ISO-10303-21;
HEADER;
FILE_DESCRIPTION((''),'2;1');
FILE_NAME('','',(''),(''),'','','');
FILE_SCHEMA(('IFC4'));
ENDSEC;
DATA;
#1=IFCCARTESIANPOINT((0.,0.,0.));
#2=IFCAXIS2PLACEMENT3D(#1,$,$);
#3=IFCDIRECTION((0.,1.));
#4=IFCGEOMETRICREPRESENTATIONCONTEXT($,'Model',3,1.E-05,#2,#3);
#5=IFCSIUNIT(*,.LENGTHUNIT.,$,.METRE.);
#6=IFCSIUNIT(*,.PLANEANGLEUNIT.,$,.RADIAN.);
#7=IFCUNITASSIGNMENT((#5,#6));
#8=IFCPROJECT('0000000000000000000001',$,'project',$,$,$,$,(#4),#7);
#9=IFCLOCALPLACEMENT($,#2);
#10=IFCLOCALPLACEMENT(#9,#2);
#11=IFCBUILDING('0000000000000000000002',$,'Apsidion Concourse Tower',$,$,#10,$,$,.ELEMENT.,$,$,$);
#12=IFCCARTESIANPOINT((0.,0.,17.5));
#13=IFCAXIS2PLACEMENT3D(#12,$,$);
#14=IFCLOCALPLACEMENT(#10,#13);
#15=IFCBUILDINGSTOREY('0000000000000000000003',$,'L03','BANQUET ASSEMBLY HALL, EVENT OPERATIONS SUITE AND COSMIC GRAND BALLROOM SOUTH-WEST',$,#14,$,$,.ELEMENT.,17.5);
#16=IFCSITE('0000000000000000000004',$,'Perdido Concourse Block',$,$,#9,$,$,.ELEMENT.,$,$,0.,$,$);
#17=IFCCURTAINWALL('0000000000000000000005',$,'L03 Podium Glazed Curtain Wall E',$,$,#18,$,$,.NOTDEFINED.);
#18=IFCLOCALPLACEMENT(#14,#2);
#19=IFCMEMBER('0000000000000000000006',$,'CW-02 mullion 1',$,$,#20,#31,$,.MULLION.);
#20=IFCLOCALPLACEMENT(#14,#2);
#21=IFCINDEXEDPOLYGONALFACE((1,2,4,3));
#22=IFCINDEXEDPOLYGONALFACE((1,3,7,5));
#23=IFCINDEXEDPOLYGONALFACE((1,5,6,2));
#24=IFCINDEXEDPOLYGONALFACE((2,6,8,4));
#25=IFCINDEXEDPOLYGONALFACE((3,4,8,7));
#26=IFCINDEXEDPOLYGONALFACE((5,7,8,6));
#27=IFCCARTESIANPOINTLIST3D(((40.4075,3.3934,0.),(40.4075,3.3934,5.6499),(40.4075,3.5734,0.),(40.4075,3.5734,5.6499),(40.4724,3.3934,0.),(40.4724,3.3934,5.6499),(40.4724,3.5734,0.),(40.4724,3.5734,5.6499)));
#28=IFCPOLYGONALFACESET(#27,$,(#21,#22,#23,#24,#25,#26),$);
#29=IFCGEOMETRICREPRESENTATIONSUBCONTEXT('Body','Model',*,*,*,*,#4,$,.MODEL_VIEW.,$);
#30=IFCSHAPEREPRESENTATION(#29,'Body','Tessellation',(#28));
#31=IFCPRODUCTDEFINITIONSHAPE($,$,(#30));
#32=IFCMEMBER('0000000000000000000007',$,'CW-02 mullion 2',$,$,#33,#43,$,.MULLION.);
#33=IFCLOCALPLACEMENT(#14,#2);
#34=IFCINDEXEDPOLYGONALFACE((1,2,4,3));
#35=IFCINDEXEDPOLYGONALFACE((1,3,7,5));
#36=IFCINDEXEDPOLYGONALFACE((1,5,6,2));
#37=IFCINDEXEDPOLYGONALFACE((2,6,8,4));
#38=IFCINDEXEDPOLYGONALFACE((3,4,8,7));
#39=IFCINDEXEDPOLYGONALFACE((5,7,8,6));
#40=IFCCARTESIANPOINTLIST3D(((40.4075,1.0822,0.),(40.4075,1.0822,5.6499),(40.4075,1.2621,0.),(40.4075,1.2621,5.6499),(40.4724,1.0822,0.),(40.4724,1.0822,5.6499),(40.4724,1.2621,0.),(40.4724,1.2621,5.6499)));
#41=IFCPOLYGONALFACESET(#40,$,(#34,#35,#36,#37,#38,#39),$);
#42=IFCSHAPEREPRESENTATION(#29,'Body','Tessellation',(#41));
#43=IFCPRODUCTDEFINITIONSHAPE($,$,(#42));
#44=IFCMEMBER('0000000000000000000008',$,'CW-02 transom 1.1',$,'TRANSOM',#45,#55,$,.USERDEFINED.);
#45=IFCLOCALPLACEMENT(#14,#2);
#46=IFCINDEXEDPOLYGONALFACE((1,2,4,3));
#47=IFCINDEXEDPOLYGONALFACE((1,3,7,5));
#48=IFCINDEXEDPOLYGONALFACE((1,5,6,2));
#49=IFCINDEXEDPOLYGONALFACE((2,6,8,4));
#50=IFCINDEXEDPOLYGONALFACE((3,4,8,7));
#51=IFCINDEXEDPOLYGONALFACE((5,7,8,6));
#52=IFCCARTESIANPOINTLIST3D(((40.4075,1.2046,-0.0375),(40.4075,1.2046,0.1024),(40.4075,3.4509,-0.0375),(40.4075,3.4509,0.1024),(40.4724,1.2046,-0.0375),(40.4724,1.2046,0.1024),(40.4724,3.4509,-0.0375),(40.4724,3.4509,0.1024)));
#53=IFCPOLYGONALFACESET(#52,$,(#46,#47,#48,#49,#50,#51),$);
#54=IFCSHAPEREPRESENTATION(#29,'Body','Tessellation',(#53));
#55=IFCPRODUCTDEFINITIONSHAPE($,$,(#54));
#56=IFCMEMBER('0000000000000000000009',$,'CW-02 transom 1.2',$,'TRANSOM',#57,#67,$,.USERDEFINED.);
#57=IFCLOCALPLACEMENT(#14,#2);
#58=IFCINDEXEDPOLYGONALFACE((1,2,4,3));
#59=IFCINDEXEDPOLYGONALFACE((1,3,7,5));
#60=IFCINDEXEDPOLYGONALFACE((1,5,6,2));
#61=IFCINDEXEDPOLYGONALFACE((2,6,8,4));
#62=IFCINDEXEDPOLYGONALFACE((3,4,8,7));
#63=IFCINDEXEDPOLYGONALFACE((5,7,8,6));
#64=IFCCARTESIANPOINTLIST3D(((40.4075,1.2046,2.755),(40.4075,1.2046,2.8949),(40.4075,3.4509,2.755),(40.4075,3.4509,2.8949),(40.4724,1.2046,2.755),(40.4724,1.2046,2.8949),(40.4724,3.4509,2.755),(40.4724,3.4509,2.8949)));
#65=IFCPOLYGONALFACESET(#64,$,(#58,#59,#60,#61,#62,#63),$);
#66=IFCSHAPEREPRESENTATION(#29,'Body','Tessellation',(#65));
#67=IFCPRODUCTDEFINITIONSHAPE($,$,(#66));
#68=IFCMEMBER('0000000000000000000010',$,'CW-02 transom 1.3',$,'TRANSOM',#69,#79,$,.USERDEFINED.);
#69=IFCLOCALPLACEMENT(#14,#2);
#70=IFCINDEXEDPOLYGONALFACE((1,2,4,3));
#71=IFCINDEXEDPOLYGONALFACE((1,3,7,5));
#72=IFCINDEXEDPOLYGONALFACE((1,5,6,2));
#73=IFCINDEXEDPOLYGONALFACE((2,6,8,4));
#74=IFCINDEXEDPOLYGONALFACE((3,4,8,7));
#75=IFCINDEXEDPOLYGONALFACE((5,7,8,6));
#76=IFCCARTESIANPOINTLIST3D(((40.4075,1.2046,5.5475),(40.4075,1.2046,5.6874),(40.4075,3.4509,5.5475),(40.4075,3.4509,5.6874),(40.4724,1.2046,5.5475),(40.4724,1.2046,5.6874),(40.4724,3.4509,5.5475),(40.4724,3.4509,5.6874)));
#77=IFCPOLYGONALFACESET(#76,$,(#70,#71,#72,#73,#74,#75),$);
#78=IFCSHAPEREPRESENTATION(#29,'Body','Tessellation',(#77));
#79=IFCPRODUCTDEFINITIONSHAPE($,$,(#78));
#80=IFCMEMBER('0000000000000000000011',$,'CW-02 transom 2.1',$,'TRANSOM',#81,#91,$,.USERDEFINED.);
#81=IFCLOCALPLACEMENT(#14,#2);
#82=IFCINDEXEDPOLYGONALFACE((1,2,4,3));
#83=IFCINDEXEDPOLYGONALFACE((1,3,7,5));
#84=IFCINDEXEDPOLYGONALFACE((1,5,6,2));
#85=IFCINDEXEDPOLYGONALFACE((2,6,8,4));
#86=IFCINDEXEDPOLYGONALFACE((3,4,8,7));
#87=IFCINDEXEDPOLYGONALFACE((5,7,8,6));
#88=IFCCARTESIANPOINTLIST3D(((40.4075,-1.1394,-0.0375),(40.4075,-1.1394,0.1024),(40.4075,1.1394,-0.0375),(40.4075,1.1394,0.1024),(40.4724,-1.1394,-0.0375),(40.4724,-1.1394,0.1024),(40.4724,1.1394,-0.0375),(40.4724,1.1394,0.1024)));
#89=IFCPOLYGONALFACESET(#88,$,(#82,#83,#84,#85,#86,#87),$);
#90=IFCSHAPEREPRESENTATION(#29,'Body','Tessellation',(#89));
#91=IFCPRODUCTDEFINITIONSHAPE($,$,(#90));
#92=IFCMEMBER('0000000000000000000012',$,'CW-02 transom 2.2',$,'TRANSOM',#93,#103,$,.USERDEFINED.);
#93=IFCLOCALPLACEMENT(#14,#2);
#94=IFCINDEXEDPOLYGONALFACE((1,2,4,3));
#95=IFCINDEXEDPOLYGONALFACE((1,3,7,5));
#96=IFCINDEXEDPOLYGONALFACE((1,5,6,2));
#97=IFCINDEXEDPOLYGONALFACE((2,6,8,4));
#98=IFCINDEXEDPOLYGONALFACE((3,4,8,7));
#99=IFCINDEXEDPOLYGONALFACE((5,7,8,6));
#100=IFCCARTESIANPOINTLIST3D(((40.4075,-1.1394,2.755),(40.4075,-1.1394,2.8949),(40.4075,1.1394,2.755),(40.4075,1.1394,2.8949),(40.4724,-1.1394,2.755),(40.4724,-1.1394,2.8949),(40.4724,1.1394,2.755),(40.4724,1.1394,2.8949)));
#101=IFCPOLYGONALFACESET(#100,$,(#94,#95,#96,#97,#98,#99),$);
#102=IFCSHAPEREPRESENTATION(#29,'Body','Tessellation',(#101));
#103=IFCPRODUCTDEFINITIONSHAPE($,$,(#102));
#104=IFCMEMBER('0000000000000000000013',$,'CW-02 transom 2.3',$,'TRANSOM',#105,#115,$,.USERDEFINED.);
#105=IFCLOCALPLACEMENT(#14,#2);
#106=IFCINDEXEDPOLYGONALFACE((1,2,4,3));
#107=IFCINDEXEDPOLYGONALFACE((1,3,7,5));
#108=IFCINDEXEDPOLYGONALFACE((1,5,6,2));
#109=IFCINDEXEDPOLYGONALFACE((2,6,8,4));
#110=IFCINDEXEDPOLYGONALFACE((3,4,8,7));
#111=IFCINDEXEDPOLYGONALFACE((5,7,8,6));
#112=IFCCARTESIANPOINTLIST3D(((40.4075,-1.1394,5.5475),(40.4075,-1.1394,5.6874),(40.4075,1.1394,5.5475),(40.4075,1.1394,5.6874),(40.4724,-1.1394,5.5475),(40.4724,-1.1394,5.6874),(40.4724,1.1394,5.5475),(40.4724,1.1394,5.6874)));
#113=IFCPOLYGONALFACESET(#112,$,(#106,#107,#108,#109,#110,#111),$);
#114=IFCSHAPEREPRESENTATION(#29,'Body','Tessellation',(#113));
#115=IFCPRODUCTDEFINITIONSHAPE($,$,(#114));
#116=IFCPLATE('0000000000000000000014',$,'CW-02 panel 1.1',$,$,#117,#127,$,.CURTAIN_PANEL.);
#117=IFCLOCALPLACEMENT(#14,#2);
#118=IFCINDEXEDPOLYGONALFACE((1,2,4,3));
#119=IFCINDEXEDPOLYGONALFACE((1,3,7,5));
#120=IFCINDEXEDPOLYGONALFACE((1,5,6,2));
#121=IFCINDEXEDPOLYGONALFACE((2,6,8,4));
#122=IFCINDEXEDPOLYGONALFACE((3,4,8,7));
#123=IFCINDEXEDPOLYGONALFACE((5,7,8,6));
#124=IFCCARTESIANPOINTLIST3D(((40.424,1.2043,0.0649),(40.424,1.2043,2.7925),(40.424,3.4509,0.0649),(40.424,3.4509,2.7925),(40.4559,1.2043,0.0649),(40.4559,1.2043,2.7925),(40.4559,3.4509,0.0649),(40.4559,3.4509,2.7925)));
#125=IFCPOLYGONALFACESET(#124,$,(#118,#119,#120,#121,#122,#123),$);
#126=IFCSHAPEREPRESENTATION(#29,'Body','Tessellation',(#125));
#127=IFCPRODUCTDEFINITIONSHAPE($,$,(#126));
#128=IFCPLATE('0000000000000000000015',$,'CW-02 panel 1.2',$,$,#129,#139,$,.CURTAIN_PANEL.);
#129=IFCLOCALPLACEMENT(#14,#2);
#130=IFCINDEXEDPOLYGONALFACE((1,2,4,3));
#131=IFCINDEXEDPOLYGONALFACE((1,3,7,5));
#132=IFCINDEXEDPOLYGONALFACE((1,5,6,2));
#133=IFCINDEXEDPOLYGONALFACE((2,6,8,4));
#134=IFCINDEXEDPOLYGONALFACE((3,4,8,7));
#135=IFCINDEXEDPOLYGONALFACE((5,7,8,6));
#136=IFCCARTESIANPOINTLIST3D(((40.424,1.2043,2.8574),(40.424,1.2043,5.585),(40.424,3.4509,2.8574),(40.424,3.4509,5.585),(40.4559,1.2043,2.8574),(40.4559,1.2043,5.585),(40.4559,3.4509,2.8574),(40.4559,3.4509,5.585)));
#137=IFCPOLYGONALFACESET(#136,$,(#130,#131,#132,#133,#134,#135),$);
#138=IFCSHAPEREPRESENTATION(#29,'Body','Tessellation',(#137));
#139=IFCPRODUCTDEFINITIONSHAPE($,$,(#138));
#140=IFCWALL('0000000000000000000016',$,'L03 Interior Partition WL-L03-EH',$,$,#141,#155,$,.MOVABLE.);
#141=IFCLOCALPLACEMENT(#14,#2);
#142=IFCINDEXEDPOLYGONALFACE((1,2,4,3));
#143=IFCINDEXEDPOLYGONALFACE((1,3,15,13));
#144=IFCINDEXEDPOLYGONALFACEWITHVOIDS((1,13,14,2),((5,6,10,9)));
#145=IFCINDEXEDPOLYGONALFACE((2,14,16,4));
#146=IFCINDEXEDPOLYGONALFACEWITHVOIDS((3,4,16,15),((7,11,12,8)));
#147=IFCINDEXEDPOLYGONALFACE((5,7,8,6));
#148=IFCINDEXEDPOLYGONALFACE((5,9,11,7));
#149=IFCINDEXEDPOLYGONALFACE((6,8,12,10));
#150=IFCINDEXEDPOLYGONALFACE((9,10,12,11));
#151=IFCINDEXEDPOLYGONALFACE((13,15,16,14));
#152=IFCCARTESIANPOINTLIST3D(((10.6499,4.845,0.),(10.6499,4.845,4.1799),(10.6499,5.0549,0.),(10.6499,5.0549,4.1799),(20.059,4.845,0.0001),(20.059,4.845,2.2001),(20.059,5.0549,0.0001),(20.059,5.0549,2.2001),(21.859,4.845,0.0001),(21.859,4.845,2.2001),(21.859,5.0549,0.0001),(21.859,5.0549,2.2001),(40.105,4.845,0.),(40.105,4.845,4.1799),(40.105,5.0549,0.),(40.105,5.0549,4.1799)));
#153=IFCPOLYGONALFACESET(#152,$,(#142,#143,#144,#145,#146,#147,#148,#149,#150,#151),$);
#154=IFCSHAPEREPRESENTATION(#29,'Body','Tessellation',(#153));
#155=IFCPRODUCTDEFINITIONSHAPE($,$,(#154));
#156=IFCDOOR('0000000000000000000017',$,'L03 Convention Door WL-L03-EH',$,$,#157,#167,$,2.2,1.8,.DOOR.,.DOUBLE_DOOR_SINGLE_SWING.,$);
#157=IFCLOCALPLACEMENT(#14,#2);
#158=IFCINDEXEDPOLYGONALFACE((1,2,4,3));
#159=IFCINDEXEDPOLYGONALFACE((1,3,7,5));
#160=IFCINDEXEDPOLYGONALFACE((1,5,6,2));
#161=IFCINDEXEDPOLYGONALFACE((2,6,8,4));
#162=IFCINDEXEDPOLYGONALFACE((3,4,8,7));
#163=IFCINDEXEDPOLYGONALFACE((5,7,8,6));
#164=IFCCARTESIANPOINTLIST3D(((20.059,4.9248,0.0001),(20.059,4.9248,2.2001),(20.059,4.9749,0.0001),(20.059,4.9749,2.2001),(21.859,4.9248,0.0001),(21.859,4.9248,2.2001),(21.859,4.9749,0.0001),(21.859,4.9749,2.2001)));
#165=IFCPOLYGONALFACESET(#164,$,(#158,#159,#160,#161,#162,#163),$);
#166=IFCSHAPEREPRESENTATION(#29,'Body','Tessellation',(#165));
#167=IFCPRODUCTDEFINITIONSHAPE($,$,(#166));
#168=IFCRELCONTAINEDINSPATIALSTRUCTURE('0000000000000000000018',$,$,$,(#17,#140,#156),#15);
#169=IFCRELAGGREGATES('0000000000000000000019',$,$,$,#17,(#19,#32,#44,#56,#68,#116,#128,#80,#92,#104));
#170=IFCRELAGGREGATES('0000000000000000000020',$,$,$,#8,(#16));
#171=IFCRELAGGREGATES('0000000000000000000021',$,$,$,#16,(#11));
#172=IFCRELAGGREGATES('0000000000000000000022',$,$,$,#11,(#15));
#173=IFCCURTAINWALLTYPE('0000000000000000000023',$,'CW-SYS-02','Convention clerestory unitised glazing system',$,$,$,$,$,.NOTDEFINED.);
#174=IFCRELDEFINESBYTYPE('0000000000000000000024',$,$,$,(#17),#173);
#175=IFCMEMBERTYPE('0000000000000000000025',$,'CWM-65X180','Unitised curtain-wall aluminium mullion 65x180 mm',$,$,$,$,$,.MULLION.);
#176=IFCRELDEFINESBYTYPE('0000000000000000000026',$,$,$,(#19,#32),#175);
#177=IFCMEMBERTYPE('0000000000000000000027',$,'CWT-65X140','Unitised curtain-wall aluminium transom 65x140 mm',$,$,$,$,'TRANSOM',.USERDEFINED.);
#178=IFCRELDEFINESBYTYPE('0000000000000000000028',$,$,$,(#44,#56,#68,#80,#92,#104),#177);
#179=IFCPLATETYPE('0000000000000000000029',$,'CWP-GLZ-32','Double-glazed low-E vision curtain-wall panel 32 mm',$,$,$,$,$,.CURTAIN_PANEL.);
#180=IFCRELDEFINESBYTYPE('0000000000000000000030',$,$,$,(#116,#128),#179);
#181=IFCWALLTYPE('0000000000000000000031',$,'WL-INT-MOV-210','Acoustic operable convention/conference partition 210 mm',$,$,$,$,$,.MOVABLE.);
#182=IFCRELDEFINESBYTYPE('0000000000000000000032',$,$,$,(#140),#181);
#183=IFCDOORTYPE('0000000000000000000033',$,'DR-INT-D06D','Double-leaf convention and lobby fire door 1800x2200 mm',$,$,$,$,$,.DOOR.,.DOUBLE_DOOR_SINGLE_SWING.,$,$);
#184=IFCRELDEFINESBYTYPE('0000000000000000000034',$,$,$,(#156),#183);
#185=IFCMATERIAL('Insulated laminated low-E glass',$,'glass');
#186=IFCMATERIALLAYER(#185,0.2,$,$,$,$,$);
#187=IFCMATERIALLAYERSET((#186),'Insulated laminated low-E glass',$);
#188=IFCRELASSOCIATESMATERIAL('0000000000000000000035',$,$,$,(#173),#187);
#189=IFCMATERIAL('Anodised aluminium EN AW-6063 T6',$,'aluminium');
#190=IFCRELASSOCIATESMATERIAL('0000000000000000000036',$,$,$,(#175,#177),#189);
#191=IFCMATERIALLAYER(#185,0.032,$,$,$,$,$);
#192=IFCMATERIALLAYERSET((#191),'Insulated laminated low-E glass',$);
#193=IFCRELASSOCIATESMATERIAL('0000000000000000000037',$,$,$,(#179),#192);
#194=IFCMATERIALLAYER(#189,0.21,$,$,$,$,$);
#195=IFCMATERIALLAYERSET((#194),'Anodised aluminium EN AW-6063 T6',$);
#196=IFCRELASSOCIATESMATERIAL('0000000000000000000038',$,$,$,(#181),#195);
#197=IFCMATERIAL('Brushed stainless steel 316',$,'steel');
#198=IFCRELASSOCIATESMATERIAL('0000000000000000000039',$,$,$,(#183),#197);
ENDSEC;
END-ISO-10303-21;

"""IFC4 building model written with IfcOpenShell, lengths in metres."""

from ifc_helpers import new_model, si_unit, direction, frame, frame_2d, origin, origin_2d, place, context, subcontext, project, spatial, rectangle, extrude, material, layer, layer_set, material_profile, profile_set, type_object, element, fill, aggregate, save


model = new_model("IFC4")

# Units and contexts
model_context = context("Model", 3, precision=1e-05, world=origin(), true_north=direction((0.0, 1.0)))
body_context = subcontext(model_context, "Body", "Model", "MODEL_VIEW")
ifc_project = project(units=[si_unit("LENGTHUNIT", "METRE"), si_unit("PLANEANGLEUNIT", "RADIAN")], contexts=[model_context])

# Site, building, storey
site_placement = place(None, origin())
site = spatial("IfcSite", under=ifc_project, at=site_placement, Name="Perdido Concourse Block", CompositionType="ELEMENT", RefElevation=0.0)
building_placement = place(site_placement, origin())
building = spatial("IfcBuilding", under=site, at=building_placement, Name="Apsidion Concourse Tower", CompositionType="ELEMENT")
storey_placement = place(building_placement, frame((0.0, 0.0, 17.5)))
storey = spatial("IfcBuildingStorey", under=building, at=storey_placement, Name="L03", Description="BANQUET ASSEMBLY HALL, EVENT OPERATIONS SUITE AND COSMIC GRAND BALLROOM SOUTH-WEST", CompositionType="ELEMENT", Elevation=17.5)

# Curtain wall, members, plates
ifc_material_1 = material(Name="Insulated laminated low-E glass", Category="glass")
ifc_layer_1 = layer(ifc_material_1, 0.2)
ifc_layer_set_1 = layer_set([ifc_layer_1], Name="Insulated laminated low-E glass")
curtain_wall_type = type_object("IfcCurtainWallType", Name="CW-SYS-02", Description="Convention clerestory unitised glazing system", PredefinedType="NOTDEFINED", material=ifc_layer_set_1)
curtain_wall_placement = place(storey_placement, origin())
curtain_wall = element("IfcCurtainWall", 1, at=curtain_wall_placement, inside=storey, type_object=curtain_wall_type, Name="L03 Podium Glazed Curtain Wall E", PredefinedType="NOTDEFINED")
ifc_material_2 = material(Name="Anodised aluminium EN AW-6063 T6", Category="aluminium")
ifc_material_profile_1 = material_profile(ifc_material_2, rectangle(XDim=0.0649, YDim=0.1799, at=origin_2d()), Name="ALU MULLION 65x180")
ifc_profile_set_1 = profile_set([ifc_material_profile_1], Name="Anodised aluminium EN AW-6063 T6")
member_type_1 = type_object("IfcMemberType", Name="CWM-65X180", Description="Unitised curtain-wall aluminium mullion 65x180 mm", PredefinedType="MULLION", material=ifc_profile_set_1)
member_1_placement = place(storey_placement, frame((40.4399, 3.4834, 0.0), z_axis=(0.0, 0.0, 1.0), x_axis=(1.0, 0.0, 0.0)))
member_1 = element("IfcMember", 2, at=member_1_placement, type_object=member_type_1, Name="CW-02 mullion 1", PredefinedType="MULLION", context=body_context, shape_type="SweptSolid", body=[
    extrude(rectangle(XDim=0.0649, YDim=0.1799, at=origin_2d()), origin(), (0.0, 0.0, 1.0), 5.6499),
])
member_2_placement = place(storey_placement, frame((40.4399, 1.1721, 0.0), z_axis=(0.0, 0.0, 1.0), x_axis=(1.0, 0.0, 0.0)))
member_2 = element("IfcMember", 3, at=member_2_placement, type_object=member_type_1, Name="CW-02 mullion 2", PredefinedType="MULLION", context=body_context, shape_type="SweptSolid", body=[
    extrude(rectangle(XDim=0.0649, YDim=0.1799, at=origin_2d()), origin(), (0.0, 0.0, 1.0), 5.6499),
])
ifc_material_profile_2 = material_profile(ifc_material_2, rectangle(XDim=0.0649, YDim=0.1399, at=origin_2d()), Name="ALU TRANSOM 65x140")
ifc_profile_set_2 = profile_set([ifc_material_profile_2], Name="Anodised aluminium EN AW-6063 T6")
member_type_2 = type_object("IfcMemberType", Name="CWT-65X140", Description="Unitised curtain-wall aluminium transom 65x140 mm", ElementType="TRANSOM", PredefinedType="USERDEFINED", material=ifc_profile_set_2)
member_3_placement = place(storey_placement, frame((40.4399, 3.4509, 0.0325), z_axis=(0.0, -1.0, 0.0), x_axis=(1.0, 0.0, 0.0)))
member_3 = element("IfcMember", 4, at=member_3_placement, type_object=member_type_2, Name="CW-02 transom 1.1", ObjectType="TRANSOM", PredefinedType="USERDEFINED", context=body_context, shape_type="SweptSolid", body=[
    extrude(rectangle(XDim=0.0649, YDim=0.1399, at=origin_2d()), origin(), (0.0, 0.0, 1.0), 2.2463),
])
member_4_placement = place(storey_placement, frame((40.4399, 3.4509, 2.825), z_axis=(0.0, -1.0, 0.0), x_axis=(1.0, 0.0, 0.0)))
member_4 = element("IfcMember", 5, at=member_4_placement, type_object=member_type_2, Name="CW-02 transom 1.2", ObjectType="TRANSOM", PredefinedType="USERDEFINED", context=body_context, shape_type="SweptSolid", body=[
    extrude(rectangle(XDim=0.0649, YDim=0.1399, at=origin_2d()), origin(), (0.0, 0.0, 1.0), 2.2463),
])
member_5_placement = place(storey_placement, frame((40.4399, 3.4509, 5.6174), z_axis=(0.0, -1.0, 0.0), x_axis=(1.0, 0.0, 0.0)))
member_5 = element("IfcMember", 6, at=member_5_placement, type_object=member_type_2, Name="CW-02 transom 1.3", ObjectType="TRANSOM", PredefinedType="USERDEFINED", context=body_context, shape_type="SweptSolid", body=[
    extrude(rectangle(XDim=0.0649, YDim=0.1399, at=origin_2d()), origin(), (0.0, 0.0, 1.0), 2.2463),
])
member_6_placement = place(storey_placement, frame((40.4399, 1.1394, 0.0325), z_axis=(0.0, -1.0, 0.0), x_axis=(1.0, 0.0, 0.0)))
member_6 = element("IfcMember", 7, at=member_6_placement, type_object=member_type_2, Name="CW-02 transom 2.1", ObjectType="TRANSOM", PredefinedType="USERDEFINED", context=body_context, shape_type="SweptSolid", body=[
    extrude(rectangle(XDim=0.0649, YDim=0.1399, at=origin_2d()), origin(), (0.0, 0.0, 1.0), 2.2788),
])
member_7_placement = place(storey_placement, frame((40.4399, 1.1394, 2.825), z_axis=(0.0, -1.0, 0.0), x_axis=(1.0, 0.0, 0.0)))
member_7 = element("IfcMember", 8, at=member_7_placement, type_object=member_type_2, Name="CW-02 transom 2.2", ObjectType="TRANSOM", PredefinedType="USERDEFINED", context=body_context, shape_type="SweptSolid", body=[
    extrude(rectangle(XDim=0.0649, YDim=0.1399, at=origin_2d()), origin(), (0.0, 0.0, 1.0), 2.2788),
])
member_8_placement = place(storey_placement, frame((40.4399, 1.1394, 5.6174), z_axis=(0.0, -1.0, 0.0), x_axis=(1.0, 0.0, 0.0)))
member_8 = element("IfcMember", 9, at=member_8_placement, type_object=member_type_2, Name="CW-02 transom 2.3", ObjectType="TRANSOM", PredefinedType="USERDEFINED", context=body_context, shape_type="SweptSolid", body=[
    extrude(rectangle(XDim=0.0649, YDim=0.1399, at=origin_2d()), origin(), (0.0, 0.0, 1.0), 2.2788),
])
ifc_layer_2 = layer(ifc_material_1, 0.032)
ifc_layer_set_2 = layer_set([ifc_layer_2], Name="Insulated laminated low-E glass")
plate_type = type_object("IfcPlateType", Name="CWP-GLZ-32", Description="Double-glazed low-E vision curtain-wall panel 32 mm", PredefinedType="CURTAIN_PANEL", material=ifc_layer_set_2)
plate_1_placement = place(storey_placement, frame((40.4399, 2.3276, 0.0649), z_axis=(0.0, 0.0, 1.0), x_axis=(0.0, -1.0, 0.0)))
plate_1 = element("IfcPlate", 10, at=plate_1_placement, type_object=plate_type, Name="CW-02 panel 1.1", PredefinedType="CURTAIN_PANEL", context=body_context, shape_type="SweptSolid", body=[
    extrude(rectangle(XDim=2.2466, YDim=0.032, at=origin_2d()), origin(), (0.0, 0.0, 1.0), 2.7275),
])
plate_2_placement = place(storey_placement, frame((40.4399, 2.3276, 2.8574), z_axis=(0.0, 0.0, 1.0), x_axis=(0.0, -1.0, 0.0)))
plate_2 = element("IfcPlate", 11, at=plate_2_placement, type_object=plate_type, Name="CW-02 panel 1.2", PredefinedType="CURTAIN_PANEL", context=body_context, shape_type="SweptSolid", body=[
    extrude(rectangle(XDim=2.2466, YDim=0.032, at=origin_2d()), origin(), (0.0, 0.0, 1.0), 2.7275),
])
aggregate(curtain_wall, [member_1, member_2, member_3, member_4, member_5, plate_1, plate_2, member_6, member_7, member_8])

# Wall, opening, door
ifc_layer_3 = layer(ifc_material_2, 0.21)
ifc_layer_set_3 = layer_set([ifc_layer_3], Name="Anodised aluminium EN AW-6063 T6")
wall_type = type_object("IfcWallType", Name="WL-INT-MOV-210", Description="Acoustic operable convention/conference partition 210 mm", PredefinedType="MOVABLE", material=ifc_layer_set_3)
wall_placement = place(storey_placement, frame((10.6499, 4.95, 0.0), z_axis=(0.0, 0.0, 1.0), x_axis=(1.0, 0.0, 0.0)))
wall = element("IfcWall", 12, at=wall_placement, inside=storey, type_object=wall_type, Name="L03 Interior Partition WL-L03-EH", PredefinedType="MOVABLE", context=body_context, shape_type="SweptSolid", body=[
    extrude(rectangle(XDim=29.4551, YDim=0.21, at=frame_2d((14.7275, 0.0))), origin(), (0.0, 0.0, 1.0), 4.1799),
])
opening_placement = place(wall_placement, frame((9.4092, 0.0, 0.0)))
opening = element("IfcOpeningElement", 13, at=opening_placement, cuts=wall, PredefinedType="OPENING", context=body_context, shape_type="SweptSolid", body=[
    extrude(rectangle(XDim=1.8, YDim=2.2, at=frame_2d((0.8999, 1.1001))), frame((0.0, 0.115, 0.0), z_axis=(0.0, -1.0, 0.0), x_axis=(1.0, 0.0, 0.0)), (0.0, 0.0, 1.0), 0.23),
])
ifc_material_3 = material(Name="Brushed stainless steel 316", Category="steel")
door_type = type_object("IfcDoorType", Name="DR-INT-D06D", Description="Double-leaf convention and lobby fire door 1800x2200 mm", OperationType="DOUBLE_DOOR_SINGLE_SWING", PredefinedType="DOOR", material=ifc_material_3)
door_placement = place(opening_placement, origin())
door = element("IfcDoor", 14, at=door_placement, inside=storey, type_object=door_type, Name="L03 Convention Door WL-L03-EH", OperationType="DOUBLE_DOOR_SINGLE_SWING", OverallHeight=2.2, OverallWidth=1.8, PredefinedType="DOOR", context=body_context, shape_type="SweptSolid", body=[
    extrude(rectangle(XDim=1.8, YDim=2.2, at=frame_2d((0.8999, 1.1001))), frame((0.0, 0.0249, 0.0), z_axis=(0.0, -1.0, 0.0), x_axis=(1.0, 0.0, 0.0)), (0.0, 0.0, 1.0), 0.05),
])
fill(opening, door)

save(model, "model.ifc")
